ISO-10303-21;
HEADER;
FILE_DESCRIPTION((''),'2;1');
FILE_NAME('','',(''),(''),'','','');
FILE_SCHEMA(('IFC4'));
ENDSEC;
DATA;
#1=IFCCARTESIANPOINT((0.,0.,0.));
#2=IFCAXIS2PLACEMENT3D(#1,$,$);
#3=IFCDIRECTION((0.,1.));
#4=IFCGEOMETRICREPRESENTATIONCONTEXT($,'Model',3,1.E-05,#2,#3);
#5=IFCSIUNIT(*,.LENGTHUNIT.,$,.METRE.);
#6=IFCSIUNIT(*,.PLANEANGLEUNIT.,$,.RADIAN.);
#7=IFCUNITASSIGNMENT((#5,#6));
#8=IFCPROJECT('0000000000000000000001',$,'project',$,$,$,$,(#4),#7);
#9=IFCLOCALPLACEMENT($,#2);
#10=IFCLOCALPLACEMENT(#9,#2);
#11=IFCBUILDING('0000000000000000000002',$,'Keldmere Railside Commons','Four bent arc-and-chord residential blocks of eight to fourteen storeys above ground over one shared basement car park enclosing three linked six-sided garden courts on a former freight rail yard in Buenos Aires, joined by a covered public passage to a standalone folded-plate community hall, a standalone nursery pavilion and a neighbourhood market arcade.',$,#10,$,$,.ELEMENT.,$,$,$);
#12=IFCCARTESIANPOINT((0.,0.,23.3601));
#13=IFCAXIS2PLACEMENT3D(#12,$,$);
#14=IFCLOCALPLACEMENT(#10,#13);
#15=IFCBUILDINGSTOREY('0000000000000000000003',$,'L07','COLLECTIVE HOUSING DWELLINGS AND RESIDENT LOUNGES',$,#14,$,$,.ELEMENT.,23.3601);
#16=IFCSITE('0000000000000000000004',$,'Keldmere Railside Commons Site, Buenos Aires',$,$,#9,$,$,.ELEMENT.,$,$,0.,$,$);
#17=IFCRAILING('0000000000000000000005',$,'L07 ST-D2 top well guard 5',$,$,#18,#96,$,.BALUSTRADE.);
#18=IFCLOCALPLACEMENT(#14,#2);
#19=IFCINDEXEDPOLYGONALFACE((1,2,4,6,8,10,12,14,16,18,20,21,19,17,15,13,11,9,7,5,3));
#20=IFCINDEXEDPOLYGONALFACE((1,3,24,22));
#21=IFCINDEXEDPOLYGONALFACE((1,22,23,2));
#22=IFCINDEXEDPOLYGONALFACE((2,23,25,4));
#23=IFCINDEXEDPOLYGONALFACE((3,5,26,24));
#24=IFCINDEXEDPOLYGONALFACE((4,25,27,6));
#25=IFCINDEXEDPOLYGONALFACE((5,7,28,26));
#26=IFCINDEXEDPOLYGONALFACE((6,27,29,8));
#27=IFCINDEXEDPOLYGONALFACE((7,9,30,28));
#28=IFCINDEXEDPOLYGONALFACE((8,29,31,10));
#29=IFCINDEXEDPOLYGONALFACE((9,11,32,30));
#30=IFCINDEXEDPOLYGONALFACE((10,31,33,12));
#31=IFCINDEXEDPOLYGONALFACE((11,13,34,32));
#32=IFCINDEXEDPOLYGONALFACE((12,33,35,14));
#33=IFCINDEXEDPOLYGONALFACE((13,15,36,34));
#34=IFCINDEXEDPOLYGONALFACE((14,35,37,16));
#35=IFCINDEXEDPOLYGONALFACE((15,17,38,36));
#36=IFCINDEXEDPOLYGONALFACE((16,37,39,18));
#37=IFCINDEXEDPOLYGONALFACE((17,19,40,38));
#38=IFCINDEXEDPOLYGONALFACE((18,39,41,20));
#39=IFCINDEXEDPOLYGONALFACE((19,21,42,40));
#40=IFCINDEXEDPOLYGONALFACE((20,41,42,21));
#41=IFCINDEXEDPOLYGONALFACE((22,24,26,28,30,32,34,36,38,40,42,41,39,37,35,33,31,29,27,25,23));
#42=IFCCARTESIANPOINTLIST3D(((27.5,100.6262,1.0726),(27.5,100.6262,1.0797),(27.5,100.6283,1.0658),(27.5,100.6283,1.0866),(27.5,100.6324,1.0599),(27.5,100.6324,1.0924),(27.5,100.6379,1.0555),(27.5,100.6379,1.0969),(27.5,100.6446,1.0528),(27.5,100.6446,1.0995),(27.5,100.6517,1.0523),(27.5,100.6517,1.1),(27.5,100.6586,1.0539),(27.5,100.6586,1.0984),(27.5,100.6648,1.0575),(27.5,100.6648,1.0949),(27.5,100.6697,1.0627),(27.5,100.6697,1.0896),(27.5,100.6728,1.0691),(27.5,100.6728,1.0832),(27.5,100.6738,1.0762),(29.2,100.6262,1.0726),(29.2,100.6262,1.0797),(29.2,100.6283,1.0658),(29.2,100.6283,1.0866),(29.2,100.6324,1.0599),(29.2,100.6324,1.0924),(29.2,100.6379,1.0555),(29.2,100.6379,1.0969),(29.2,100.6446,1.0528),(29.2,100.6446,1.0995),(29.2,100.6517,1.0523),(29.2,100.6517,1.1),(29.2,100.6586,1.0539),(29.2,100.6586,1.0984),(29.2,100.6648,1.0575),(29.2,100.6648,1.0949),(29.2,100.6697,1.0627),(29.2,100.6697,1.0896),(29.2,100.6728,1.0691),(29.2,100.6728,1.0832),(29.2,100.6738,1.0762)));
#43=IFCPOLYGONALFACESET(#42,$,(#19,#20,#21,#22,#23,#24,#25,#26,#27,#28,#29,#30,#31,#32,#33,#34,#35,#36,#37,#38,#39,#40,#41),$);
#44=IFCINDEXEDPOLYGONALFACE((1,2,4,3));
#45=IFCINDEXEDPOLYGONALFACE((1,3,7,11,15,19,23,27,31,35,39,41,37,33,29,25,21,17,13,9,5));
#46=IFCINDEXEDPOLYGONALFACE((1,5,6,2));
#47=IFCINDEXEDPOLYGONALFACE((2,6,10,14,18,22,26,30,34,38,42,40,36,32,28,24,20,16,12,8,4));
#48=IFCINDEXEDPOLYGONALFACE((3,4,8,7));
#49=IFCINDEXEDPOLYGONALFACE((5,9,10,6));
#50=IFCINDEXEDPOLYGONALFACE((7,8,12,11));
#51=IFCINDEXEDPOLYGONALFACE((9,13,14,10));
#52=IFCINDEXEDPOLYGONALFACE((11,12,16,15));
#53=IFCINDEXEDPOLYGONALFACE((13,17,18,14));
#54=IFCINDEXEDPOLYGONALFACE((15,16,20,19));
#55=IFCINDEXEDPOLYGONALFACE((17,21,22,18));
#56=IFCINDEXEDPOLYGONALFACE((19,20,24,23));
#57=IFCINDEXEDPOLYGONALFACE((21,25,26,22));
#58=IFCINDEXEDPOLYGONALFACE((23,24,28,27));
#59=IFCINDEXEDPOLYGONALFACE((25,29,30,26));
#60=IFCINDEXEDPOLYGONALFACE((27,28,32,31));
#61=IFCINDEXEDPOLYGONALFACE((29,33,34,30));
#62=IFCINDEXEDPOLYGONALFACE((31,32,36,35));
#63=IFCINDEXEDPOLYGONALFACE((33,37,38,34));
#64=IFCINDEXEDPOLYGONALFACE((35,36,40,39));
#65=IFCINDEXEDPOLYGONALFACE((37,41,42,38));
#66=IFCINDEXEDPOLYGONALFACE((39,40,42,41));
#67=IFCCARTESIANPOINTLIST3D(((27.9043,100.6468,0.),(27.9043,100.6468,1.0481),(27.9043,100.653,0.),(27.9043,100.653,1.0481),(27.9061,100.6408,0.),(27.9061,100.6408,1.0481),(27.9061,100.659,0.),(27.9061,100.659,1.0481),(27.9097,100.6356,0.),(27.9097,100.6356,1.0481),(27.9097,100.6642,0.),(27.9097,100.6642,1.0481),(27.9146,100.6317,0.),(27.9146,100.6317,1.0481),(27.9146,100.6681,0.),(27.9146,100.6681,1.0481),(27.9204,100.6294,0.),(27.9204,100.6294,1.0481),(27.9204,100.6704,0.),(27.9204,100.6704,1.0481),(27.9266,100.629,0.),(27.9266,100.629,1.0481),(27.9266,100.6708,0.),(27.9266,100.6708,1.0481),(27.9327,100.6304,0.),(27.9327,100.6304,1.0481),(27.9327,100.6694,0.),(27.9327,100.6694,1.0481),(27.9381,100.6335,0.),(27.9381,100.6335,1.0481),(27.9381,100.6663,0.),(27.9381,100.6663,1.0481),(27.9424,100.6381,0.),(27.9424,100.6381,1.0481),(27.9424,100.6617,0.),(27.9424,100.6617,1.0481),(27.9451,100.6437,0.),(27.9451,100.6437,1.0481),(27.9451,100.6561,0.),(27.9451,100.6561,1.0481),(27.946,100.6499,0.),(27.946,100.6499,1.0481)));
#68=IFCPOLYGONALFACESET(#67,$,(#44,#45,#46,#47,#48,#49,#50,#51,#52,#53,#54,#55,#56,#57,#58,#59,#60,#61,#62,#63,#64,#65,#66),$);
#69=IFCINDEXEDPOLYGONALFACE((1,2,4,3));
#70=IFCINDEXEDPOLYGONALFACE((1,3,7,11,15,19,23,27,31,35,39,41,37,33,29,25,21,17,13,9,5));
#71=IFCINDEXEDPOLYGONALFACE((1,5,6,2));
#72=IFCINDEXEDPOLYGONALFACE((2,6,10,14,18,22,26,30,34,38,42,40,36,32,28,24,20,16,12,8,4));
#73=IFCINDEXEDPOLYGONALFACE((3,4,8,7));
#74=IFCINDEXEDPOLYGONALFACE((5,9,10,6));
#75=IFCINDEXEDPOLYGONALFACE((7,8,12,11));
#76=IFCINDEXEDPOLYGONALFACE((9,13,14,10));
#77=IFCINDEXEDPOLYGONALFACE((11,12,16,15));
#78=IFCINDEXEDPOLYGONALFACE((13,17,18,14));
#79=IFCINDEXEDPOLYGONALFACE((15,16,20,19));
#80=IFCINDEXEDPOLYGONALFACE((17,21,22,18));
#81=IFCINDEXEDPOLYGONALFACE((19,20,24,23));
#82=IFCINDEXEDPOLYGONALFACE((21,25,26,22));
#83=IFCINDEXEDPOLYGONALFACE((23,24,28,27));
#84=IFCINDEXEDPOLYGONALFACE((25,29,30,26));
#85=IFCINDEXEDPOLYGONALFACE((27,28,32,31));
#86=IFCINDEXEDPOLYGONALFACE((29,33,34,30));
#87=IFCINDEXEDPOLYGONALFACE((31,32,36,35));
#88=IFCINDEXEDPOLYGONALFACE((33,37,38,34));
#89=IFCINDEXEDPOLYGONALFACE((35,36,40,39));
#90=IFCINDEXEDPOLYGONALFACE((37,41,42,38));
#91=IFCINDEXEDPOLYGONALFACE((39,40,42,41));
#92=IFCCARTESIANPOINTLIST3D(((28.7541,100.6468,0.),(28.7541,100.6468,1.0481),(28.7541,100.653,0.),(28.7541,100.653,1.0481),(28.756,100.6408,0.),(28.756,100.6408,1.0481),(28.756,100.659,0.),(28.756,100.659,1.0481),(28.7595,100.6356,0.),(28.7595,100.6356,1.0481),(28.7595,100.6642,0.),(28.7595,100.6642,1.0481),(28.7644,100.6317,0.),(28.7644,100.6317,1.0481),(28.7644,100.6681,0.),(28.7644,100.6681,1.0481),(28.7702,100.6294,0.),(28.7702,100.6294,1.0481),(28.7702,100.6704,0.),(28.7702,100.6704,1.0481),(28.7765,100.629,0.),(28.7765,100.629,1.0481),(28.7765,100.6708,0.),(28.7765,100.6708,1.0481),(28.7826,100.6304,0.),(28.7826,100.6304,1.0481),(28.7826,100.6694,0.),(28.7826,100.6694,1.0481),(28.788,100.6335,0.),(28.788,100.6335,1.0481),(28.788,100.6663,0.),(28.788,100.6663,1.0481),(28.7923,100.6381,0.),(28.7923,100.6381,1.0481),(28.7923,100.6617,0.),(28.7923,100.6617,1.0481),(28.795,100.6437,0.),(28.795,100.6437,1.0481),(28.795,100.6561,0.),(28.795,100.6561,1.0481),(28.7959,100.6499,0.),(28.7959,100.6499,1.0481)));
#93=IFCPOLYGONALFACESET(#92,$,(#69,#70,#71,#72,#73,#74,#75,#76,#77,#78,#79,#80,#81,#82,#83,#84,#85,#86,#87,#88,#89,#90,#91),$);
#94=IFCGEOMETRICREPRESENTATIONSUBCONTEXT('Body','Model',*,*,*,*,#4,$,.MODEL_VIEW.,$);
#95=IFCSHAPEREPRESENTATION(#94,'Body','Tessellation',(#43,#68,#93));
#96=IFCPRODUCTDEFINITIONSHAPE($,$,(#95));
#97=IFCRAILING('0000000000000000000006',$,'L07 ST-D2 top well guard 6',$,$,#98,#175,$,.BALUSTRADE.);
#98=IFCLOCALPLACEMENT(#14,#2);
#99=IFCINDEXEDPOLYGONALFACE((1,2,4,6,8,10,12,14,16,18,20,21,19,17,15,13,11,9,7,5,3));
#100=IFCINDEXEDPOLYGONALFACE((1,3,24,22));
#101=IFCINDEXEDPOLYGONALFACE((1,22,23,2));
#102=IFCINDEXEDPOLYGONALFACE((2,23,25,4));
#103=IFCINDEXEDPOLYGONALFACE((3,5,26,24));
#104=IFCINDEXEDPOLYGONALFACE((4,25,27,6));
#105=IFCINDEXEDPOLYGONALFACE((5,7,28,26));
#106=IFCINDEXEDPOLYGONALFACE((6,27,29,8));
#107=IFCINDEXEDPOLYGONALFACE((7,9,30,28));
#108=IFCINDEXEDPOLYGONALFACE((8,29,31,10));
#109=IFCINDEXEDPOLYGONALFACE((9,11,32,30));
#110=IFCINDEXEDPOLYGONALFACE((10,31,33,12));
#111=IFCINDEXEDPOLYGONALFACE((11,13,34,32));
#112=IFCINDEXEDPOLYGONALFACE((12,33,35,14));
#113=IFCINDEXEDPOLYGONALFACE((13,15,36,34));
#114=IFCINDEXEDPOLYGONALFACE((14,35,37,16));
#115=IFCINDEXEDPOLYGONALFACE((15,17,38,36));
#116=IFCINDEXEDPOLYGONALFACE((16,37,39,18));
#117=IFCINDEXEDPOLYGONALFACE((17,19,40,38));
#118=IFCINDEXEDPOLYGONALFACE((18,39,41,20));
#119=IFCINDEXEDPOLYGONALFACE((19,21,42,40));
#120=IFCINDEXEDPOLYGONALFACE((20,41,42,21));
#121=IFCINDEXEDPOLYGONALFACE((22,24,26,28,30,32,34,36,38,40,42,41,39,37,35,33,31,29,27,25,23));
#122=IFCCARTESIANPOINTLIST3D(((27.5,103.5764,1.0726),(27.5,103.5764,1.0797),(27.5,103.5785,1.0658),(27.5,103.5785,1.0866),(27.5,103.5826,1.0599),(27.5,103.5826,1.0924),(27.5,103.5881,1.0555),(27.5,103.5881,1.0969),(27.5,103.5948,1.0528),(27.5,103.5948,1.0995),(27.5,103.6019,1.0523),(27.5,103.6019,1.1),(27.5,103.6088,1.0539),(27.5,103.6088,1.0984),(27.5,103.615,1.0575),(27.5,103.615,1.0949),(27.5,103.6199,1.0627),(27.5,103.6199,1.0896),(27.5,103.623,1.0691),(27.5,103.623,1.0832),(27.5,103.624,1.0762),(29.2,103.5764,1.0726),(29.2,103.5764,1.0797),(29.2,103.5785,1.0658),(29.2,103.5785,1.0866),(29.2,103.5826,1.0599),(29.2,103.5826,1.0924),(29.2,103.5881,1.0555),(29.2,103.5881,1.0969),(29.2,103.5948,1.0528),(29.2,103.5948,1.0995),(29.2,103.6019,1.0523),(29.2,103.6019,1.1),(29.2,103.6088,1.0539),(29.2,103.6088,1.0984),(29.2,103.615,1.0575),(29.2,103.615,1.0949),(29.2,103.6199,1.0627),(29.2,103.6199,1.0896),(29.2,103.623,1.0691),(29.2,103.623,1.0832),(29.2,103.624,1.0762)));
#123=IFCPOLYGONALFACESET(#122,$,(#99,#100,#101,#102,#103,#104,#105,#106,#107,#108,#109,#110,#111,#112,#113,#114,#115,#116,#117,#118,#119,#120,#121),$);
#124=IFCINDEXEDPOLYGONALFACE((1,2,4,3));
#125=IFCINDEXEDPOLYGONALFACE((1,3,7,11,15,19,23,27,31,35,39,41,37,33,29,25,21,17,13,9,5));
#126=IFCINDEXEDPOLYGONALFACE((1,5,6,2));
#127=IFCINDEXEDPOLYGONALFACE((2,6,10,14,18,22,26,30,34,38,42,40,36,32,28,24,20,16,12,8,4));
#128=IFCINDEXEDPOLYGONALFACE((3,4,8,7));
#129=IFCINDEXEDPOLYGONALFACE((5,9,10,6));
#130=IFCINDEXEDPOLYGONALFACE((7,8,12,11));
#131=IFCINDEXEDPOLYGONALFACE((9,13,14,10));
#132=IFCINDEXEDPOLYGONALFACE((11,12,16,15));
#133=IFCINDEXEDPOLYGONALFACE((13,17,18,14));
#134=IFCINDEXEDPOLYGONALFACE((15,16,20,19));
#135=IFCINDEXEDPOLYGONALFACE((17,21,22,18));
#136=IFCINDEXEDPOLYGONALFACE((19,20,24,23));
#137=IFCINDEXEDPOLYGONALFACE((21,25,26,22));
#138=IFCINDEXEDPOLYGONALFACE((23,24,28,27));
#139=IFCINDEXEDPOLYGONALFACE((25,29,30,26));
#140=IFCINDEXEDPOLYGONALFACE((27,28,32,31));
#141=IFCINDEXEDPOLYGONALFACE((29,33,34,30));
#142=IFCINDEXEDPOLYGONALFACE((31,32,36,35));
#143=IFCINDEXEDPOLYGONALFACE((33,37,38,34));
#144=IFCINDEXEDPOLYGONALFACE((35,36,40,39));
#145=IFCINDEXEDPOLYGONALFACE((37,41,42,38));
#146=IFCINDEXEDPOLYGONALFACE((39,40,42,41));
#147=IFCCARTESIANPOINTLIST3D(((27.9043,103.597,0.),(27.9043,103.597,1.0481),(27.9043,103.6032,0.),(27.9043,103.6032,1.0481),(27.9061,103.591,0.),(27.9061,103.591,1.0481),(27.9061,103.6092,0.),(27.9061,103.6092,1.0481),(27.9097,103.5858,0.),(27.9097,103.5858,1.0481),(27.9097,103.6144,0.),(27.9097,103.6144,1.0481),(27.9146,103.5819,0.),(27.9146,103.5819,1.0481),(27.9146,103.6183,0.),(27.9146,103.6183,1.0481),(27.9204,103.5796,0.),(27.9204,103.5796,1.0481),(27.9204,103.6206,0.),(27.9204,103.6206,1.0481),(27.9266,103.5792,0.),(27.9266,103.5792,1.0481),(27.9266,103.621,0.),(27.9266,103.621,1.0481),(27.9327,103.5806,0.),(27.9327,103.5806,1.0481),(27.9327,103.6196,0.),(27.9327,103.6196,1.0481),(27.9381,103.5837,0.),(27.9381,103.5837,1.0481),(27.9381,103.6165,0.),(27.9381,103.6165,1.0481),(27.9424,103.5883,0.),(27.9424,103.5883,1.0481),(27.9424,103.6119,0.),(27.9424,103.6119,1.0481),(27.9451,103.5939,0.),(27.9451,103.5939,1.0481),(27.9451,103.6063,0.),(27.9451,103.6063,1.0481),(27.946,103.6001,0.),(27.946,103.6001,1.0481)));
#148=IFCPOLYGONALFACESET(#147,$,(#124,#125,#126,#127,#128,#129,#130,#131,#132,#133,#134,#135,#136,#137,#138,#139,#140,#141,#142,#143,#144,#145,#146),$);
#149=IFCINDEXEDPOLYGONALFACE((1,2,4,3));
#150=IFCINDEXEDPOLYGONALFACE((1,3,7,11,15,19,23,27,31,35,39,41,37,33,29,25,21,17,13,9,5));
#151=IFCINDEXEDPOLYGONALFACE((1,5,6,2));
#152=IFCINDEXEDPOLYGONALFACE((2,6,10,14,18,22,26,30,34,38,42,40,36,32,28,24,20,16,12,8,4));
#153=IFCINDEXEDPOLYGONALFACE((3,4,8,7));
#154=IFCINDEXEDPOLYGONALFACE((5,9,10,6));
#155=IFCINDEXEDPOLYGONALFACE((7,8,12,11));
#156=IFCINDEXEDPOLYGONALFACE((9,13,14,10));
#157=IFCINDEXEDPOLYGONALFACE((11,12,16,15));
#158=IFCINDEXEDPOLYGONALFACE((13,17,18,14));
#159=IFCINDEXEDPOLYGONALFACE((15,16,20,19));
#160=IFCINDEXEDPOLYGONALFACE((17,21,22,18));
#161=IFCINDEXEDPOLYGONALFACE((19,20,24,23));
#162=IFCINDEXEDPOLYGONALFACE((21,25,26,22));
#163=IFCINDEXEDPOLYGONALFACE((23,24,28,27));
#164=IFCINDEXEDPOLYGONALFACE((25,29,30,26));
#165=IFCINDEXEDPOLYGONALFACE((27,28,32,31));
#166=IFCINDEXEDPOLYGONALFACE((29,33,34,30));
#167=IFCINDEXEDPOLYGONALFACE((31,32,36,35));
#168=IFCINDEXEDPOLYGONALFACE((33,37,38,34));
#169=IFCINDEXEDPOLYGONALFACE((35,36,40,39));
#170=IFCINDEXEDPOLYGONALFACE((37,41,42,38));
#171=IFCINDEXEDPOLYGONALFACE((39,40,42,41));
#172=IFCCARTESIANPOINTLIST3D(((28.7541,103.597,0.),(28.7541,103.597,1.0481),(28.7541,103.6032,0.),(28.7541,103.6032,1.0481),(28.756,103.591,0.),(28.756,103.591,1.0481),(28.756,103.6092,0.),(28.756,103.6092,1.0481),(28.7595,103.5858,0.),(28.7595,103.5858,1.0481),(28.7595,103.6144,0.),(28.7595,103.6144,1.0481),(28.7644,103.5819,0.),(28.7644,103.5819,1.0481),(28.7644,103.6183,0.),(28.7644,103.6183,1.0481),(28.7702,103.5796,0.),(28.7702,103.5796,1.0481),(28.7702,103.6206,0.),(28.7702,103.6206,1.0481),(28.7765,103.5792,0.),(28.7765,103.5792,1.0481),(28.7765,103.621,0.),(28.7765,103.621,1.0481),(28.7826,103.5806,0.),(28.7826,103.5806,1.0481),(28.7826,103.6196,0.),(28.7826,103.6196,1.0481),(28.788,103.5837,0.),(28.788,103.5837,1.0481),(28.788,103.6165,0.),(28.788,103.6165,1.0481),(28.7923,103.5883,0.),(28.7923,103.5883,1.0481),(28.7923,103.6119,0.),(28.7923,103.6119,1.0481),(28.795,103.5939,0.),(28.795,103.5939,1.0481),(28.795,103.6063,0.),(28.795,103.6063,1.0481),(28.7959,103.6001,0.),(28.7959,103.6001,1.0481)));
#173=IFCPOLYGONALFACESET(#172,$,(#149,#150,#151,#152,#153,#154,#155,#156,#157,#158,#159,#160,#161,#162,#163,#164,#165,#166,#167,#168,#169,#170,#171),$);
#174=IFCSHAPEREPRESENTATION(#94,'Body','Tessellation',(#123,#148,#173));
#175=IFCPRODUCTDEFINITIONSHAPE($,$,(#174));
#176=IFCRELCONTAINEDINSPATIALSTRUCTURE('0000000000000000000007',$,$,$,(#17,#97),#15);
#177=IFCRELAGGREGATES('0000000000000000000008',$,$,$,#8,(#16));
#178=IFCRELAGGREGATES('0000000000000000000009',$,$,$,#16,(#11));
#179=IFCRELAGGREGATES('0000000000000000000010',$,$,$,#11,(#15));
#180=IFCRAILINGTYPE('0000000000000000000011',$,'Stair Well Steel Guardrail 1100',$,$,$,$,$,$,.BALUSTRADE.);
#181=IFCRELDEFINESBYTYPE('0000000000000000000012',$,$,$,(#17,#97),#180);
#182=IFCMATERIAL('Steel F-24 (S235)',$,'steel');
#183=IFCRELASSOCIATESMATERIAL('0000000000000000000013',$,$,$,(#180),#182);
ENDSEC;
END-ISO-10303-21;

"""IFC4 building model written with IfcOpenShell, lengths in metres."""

from ifc_helpers import new_model, si_unit, direction, frame, origin, origin_2d, place, context, subcontext, project, spatial, circle, extrude, material, type_object, element, save


model = new_model("IFC4")

# Units and contexts
model_context = context("Model", 3, precision=1e-05, world=origin(), true_north=direction((0.0, 1.0)))
body_context = subcontext(model_context, "Body", "Model", "MODEL_VIEW")
ifc_project = project(units=[si_unit("LENGTHUNIT", "METRE"), si_unit("PLANEANGLEUNIT", "RADIAN")], contexts=[model_context])

# Site, building, storey
site_placement = place(None, origin())
site = spatial("IfcSite", under=ifc_project, at=site_placement, Name="Keldmere Railside Commons Site, Buenos Aires", CompositionType="ELEMENT", RefElevation=0.0)
building_placement = place(site_placement, origin())
building = spatial("IfcBuilding", under=site, at=building_placement, Name="Keldmere Railside Commons", Description="Four bent arc-and-chord residential blocks of eight to fourteen storeys above ground over one shared basement car park enclosing three linked six-sided garden courts on a former freight rail yard in Buenos Aires, joined by a covered public passage to a standalone folded-plate community hall, a standalone nursery pavilion and a neighbourhood market arcade.", CompositionType="ELEMENT")
storey_placement = place(building_placement, frame((0.0, 0.0, 23.3601)))
storey = spatial("IfcBuildingStorey", under=building, at=storey_placement, Name="L07", Description="COLLECTIVE HOUSING DWELLINGS AND RESIDENT LOUNGES", CompositionType="ELEMENT", Elevation=23.3601)

# Railings
ifc_material_1 = material(Name="Steel F-24 (S235)", Category="steel")
railing_type_1 = type_object("IfcRailingType", Name="Stair Well Steel Guardrail 1100", PredefinedType="BALUSTRADE", material=ifc_material_1)
for number, where, name in (
    (1, (27.5, 100.6499, 0.0), "L07 ST-D2 top well guard 5"),
    (2, (27.5, 103.6001, 0.0), "L07 ST-D2 top well guard 6"),
):
    element("IfcRailing", number, at=place(storey_placement, frame(where)), inside=storey, type_object=railing_type_1, Name=name, PredefinedType="BALUSTRADE", context=body_context, shape_type="SweptSolid", body=[
        extrude(circle(Radius=0.0239, at=origin_2d()), frame((0.0, 0.0, 1.0762), z_axis=(1.0, 0.0, 0.0), x_axis=(0.0, 1.0, 0.0)), (0.0, 0.0, 1.0), 1.7),
        extrude(circle(Radius=0.021, at=origin_2d()), frame((0.425, 0.0, 0.0)), (0.0, 0.0, 1.0), 1.0481),
        extrude(circle(Radius=0.021, at=origin_2d()), frame((1.2749, 0.0, 0.0)), (0.0, 0.0, 1.0), 1.0481),
    ])

save(model, "model.ifc")
